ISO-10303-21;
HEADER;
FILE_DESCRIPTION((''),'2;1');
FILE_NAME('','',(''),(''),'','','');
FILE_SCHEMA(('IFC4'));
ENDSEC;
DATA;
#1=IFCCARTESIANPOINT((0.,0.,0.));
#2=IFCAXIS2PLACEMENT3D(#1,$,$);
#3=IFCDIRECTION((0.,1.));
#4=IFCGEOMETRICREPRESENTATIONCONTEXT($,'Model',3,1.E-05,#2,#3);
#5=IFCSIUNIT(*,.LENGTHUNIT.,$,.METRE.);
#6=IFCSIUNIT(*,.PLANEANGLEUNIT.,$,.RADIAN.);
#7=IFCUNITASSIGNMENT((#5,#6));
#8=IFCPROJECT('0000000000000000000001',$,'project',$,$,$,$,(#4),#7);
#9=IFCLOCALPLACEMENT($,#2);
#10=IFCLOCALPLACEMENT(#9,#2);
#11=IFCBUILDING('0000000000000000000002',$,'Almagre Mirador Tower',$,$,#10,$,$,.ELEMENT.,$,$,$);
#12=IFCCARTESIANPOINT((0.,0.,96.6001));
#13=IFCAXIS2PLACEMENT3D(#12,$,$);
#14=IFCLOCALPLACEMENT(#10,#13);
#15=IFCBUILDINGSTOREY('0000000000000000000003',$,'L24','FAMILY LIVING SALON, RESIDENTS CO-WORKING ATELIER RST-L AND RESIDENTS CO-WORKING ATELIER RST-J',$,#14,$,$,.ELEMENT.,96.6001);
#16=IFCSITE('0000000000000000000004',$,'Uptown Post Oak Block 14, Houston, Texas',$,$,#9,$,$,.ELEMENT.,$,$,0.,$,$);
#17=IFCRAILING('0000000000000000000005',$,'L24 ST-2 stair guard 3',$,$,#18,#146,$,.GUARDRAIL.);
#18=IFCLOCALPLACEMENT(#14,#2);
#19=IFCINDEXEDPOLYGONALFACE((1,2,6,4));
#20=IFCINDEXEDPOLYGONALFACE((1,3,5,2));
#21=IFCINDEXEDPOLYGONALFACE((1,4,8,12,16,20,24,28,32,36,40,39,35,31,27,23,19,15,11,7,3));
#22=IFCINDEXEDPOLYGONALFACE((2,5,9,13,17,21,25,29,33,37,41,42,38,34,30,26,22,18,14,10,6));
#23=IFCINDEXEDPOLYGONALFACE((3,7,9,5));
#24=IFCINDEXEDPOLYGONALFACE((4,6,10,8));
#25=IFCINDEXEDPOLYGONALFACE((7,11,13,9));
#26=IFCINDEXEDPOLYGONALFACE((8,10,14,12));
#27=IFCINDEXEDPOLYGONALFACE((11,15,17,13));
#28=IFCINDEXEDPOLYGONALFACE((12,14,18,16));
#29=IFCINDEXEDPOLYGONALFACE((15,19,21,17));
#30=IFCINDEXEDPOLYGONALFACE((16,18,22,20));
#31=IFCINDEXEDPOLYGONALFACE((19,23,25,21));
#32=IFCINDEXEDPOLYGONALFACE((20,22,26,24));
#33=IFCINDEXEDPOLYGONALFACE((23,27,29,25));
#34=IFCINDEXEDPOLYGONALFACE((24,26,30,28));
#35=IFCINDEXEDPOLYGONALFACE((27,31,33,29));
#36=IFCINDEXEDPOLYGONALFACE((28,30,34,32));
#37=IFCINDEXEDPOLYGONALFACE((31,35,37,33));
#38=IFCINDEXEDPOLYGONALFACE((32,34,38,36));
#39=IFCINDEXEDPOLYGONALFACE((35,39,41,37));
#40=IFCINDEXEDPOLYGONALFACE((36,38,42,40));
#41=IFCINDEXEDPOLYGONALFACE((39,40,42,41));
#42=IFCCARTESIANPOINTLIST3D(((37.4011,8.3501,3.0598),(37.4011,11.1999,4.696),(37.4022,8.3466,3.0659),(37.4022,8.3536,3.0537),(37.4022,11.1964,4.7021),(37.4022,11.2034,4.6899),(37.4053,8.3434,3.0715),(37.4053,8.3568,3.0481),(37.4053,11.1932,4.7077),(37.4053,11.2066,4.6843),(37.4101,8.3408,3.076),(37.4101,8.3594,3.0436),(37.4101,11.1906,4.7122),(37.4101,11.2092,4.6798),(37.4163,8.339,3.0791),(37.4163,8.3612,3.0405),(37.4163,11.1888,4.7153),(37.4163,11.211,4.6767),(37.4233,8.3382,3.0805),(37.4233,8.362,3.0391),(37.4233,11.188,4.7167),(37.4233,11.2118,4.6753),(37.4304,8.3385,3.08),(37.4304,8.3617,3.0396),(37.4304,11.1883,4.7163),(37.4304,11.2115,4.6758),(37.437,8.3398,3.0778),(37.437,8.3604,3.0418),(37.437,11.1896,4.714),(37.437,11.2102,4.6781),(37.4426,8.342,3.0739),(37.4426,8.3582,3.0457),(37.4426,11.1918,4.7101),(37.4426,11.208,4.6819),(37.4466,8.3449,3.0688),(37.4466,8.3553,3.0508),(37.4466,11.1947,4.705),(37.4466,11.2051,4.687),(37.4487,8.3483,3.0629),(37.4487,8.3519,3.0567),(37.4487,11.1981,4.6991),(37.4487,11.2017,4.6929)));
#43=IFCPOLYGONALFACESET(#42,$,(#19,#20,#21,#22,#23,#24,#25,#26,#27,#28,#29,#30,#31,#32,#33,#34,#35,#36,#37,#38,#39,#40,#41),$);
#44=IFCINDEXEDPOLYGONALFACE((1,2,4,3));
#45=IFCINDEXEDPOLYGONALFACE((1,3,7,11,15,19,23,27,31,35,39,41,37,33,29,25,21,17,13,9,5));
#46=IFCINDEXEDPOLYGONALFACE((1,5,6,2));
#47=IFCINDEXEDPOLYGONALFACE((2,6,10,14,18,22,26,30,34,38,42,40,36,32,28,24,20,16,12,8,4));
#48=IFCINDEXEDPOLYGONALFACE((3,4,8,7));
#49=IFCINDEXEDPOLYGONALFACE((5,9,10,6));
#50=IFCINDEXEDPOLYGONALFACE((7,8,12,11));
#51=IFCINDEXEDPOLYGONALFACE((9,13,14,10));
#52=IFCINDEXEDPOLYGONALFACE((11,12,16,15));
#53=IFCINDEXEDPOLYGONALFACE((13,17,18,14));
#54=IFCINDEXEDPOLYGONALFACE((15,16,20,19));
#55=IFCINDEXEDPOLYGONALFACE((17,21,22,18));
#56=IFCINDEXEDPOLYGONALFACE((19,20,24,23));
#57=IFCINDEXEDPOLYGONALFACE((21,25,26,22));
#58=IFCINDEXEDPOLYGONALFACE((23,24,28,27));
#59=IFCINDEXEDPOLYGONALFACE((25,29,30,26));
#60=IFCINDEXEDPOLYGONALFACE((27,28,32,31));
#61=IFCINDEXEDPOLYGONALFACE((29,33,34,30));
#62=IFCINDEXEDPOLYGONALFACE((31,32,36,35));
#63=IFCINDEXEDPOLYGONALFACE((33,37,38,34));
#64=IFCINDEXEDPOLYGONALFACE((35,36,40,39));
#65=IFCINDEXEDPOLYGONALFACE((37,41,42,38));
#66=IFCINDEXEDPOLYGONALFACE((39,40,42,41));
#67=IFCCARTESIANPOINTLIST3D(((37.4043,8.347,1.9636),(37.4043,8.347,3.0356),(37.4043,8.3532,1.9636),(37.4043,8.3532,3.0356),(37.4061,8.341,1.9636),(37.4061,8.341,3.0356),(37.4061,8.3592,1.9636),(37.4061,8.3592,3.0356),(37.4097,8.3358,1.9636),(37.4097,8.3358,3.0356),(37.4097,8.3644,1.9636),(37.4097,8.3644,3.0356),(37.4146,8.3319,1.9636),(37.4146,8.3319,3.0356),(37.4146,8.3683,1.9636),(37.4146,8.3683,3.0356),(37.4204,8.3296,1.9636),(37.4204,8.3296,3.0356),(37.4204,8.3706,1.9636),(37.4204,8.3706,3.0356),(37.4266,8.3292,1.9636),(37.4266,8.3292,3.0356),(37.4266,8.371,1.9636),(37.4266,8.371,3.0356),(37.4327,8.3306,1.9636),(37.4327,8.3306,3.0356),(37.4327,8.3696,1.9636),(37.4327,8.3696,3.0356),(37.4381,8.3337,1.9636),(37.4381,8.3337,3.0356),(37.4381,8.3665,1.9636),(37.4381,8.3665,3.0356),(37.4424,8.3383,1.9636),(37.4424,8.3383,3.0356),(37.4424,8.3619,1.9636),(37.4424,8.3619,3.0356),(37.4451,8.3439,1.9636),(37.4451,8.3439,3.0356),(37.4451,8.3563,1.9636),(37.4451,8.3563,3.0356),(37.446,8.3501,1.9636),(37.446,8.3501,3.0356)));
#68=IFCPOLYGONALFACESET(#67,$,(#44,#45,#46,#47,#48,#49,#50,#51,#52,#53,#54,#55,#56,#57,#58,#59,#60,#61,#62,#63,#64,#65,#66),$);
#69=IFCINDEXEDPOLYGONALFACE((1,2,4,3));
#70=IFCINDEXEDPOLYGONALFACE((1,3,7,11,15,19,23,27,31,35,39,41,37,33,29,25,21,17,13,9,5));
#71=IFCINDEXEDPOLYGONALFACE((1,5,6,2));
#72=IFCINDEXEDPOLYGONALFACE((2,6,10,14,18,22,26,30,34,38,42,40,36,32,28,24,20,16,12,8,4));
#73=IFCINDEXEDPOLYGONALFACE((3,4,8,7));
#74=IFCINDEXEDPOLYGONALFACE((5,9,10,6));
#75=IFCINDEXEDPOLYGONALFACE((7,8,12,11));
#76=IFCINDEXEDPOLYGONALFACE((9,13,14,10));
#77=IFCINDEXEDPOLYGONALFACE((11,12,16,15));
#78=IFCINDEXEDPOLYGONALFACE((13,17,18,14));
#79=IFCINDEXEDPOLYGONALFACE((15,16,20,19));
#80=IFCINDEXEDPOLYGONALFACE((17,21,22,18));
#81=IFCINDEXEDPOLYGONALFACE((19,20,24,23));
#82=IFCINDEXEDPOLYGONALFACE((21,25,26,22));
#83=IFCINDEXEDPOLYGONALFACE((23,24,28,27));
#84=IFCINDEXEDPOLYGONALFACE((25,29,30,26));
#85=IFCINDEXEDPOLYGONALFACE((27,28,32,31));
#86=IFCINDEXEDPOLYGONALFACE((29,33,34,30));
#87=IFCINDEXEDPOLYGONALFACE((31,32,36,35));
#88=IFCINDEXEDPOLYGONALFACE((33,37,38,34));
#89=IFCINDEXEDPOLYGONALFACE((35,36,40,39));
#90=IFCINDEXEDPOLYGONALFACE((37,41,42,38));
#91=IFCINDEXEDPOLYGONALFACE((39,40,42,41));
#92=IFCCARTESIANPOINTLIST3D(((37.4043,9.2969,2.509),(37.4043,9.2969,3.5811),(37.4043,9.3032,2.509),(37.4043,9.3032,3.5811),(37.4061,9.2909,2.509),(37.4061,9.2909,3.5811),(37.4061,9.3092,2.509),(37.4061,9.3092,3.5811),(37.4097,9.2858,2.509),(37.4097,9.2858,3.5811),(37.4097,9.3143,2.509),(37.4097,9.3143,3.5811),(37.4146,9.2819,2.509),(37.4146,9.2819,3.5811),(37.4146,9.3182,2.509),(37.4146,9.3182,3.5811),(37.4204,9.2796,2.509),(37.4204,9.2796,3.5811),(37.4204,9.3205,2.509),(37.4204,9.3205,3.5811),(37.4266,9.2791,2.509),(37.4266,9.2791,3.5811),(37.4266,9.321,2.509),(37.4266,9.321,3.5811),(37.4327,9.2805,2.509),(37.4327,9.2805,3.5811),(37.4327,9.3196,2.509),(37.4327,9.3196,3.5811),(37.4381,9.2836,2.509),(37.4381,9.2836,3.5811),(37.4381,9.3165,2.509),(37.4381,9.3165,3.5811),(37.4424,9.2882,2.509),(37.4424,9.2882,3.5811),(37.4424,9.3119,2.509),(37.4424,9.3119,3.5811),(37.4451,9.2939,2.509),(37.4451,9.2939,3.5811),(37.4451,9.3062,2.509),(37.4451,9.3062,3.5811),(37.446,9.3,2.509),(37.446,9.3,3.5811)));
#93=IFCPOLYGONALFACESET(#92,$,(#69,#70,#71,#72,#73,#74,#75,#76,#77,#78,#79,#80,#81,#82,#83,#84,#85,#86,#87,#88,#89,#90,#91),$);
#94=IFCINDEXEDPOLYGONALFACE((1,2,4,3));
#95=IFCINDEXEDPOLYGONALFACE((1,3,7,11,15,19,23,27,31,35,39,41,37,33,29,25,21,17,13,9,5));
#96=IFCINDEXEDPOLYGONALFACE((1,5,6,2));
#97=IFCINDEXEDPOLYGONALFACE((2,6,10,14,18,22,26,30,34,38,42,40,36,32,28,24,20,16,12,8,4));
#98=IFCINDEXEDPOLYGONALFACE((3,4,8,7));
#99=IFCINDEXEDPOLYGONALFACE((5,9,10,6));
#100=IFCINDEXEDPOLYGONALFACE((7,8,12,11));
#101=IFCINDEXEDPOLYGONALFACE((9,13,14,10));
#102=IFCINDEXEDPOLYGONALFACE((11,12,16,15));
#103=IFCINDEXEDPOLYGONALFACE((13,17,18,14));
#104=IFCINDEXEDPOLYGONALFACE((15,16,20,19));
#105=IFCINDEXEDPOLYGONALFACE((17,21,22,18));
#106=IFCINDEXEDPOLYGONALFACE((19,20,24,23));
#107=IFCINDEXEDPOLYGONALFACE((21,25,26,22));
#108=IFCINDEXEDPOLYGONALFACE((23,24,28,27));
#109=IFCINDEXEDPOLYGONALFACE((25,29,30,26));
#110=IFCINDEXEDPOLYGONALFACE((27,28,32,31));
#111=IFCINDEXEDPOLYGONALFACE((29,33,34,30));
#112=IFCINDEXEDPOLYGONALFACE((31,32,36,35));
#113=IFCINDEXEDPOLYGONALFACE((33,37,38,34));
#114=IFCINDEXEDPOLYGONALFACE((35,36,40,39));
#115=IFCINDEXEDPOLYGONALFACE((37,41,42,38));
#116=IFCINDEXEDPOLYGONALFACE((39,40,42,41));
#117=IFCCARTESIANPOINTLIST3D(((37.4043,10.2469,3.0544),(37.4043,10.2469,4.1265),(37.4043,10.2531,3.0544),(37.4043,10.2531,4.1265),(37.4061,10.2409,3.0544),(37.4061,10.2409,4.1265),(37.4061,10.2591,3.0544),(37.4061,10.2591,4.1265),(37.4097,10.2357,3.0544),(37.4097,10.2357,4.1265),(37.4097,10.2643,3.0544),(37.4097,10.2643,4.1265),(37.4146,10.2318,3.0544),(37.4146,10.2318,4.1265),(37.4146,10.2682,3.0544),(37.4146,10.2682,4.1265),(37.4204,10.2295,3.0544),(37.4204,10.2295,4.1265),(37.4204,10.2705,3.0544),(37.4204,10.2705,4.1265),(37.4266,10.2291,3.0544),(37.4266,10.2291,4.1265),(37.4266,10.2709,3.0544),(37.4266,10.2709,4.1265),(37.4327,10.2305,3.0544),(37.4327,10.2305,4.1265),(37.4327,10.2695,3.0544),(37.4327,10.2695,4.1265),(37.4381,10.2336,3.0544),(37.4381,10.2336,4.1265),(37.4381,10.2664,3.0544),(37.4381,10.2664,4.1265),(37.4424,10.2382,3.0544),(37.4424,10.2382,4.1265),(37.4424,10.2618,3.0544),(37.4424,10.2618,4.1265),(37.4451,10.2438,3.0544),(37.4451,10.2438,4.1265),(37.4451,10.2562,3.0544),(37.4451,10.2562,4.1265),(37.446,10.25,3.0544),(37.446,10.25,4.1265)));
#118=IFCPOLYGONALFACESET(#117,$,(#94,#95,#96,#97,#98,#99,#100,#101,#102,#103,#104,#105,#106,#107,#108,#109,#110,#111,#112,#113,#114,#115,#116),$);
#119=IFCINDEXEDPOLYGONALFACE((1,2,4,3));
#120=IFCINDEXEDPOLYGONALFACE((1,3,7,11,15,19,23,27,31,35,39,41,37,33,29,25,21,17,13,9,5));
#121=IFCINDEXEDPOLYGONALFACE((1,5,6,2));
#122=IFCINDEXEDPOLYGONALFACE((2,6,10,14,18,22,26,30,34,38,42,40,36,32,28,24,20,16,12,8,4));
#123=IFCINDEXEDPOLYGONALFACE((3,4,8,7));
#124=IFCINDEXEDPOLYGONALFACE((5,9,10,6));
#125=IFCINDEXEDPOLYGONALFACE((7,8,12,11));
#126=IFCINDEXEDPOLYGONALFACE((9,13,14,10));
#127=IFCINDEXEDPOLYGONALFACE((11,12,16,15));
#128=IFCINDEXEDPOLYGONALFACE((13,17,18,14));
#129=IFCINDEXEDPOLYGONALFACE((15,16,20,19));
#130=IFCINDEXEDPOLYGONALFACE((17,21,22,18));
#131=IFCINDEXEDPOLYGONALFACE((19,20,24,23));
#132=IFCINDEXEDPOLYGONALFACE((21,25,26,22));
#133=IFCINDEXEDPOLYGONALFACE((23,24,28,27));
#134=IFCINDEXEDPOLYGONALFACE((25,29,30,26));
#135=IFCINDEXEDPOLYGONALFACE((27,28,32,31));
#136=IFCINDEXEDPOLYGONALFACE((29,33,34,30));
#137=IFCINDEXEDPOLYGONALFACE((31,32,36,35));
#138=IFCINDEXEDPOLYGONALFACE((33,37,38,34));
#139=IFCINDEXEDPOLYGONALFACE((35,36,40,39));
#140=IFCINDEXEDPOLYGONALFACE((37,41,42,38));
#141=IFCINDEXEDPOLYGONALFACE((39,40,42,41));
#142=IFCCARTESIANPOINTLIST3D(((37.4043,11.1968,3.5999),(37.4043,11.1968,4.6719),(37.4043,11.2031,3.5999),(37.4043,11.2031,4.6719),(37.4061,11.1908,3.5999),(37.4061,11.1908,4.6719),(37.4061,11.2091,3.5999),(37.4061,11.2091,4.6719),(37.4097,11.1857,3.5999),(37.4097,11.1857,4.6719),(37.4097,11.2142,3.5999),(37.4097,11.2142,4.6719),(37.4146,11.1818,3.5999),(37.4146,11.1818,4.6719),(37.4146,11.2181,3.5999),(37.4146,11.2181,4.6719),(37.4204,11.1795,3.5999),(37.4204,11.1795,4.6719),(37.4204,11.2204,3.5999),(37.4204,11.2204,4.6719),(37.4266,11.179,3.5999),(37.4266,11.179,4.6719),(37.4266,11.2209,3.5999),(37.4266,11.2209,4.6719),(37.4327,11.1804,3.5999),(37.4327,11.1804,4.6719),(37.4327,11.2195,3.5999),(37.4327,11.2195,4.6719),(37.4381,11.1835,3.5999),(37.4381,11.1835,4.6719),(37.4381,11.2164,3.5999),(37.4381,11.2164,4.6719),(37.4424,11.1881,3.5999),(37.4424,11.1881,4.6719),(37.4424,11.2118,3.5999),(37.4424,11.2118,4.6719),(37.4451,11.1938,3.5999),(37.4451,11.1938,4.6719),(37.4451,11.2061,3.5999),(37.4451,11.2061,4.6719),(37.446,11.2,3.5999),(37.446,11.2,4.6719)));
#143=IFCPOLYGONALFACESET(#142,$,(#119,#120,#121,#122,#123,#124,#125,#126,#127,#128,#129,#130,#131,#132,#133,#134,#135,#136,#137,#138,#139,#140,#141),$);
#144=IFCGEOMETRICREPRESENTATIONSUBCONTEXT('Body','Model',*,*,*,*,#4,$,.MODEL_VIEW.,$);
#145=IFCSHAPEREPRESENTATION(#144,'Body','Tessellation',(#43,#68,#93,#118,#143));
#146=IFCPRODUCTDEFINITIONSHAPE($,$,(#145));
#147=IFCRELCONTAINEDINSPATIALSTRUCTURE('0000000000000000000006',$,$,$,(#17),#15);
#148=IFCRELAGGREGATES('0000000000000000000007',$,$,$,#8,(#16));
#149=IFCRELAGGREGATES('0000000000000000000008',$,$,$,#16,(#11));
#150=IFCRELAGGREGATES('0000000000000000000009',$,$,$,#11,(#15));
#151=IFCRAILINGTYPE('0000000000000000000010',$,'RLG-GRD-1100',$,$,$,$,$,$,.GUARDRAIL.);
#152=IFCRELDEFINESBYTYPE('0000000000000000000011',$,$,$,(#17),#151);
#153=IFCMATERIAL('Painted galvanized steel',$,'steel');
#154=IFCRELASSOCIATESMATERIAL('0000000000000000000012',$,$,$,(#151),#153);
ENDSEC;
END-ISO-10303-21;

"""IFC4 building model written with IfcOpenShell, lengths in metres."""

from ifc_helpers import new_model, si_unit, direction, frame, origin, origin_2d, place, context, subcontext, project, spatial, circle, extrude, material, type_object, element, save


model = new_model("IFC4")

# Units and contexts
model_context = context("Model", 3, precision=1e-05, world=origin(), true_north=direction((0.0, 1.0)))
body_context = subcontext(model_context, "Body", "Model", "MODEL_VIEW")
ifc_project = project(units=[si_unit("LENGTHUNIT", "METRE"), si_unit("PLANEANGLEUNIT", "RADIAN")], contexts=[model_context])

# Site, building, storey
site_placement = place(None, origin())
site = spatial("IfcSite", under=ifc_project, at=site_placement, Name="Uptown Post Oak Block 14, Houston, Texas", CompositionType="ELEMENT", RefElevation=0.0)
building_placement = place(site_placement, origin())
building = spatial("IfcBuilding", under=site, at=building_placement, Name="Almagre Mirador Tower", CompositionType="ELEMENT")
storey_placement = place(building_placement, frame((0.0, 0.0, 96.6001)))
storey = spatial("IfcBuildingStorey", under=building, at=storey_placement, Name="L24", Description="FAMILY LIVING SALON, RESIDENTS CO-WORKING ATELIER RST-L AND RESIDENTS CO-WORKING ATELIER RST-J", CompositionType="ELEMENT", Elevation=96.6001)

# Railing
ifc_material_1 = material(Name="Painted galvanized steel", Category="steel")
railing_type_1 = type_object("IfcRailingType", Name="RLG-GRD-1100", PredefinedType="GUARDRAIL", material=ifc_material_1)
railing_1_placement = place(storey_placement, frame((37.425, 8.3501, 1.9636)))
element("IfcRailing", 1, at=railing_1_placement, inside=storey, type_object=railing_type_1, Name="L24 ST-2 stair guard 3", PredefinedType="GUARDRAIL", context=body_context, shape_type="SweptSolid", body=[
    extrude(circle(Radius=0.0239, at=origin_2d()), frame((0.0, 0.0, 1.0962), z_axis=(0.0, 0.867226, 0.497914), x_axis=(-1.0, 0.0, 0.0)), (0.0, 0.0, 1.0), 3.2861),
    extrude(circle(Radius=0.021, at=origin_2d()), origin(), (0.0, 0.0, 1.0), 1.072),
    extrude(circle(Radius=0.021, at=origin_2d()), frame((0.0, 0.95, 0.5454)), (0.0, 0.0, 1.0), 1.072),
    extrude(circle(Radius=0.021, at=origin_2d()), frame((0.0, 1.8999, 1.0908)), (0.0, 0.0, 1.0), 1.072),
    extrude(circle(Radius=0.021, at=origin_2d()), frame((0.0, 2.8499, 1.6362)), (0.0, 0.0, 1.0), 1.072),
])

save(model, "model.ifc")
